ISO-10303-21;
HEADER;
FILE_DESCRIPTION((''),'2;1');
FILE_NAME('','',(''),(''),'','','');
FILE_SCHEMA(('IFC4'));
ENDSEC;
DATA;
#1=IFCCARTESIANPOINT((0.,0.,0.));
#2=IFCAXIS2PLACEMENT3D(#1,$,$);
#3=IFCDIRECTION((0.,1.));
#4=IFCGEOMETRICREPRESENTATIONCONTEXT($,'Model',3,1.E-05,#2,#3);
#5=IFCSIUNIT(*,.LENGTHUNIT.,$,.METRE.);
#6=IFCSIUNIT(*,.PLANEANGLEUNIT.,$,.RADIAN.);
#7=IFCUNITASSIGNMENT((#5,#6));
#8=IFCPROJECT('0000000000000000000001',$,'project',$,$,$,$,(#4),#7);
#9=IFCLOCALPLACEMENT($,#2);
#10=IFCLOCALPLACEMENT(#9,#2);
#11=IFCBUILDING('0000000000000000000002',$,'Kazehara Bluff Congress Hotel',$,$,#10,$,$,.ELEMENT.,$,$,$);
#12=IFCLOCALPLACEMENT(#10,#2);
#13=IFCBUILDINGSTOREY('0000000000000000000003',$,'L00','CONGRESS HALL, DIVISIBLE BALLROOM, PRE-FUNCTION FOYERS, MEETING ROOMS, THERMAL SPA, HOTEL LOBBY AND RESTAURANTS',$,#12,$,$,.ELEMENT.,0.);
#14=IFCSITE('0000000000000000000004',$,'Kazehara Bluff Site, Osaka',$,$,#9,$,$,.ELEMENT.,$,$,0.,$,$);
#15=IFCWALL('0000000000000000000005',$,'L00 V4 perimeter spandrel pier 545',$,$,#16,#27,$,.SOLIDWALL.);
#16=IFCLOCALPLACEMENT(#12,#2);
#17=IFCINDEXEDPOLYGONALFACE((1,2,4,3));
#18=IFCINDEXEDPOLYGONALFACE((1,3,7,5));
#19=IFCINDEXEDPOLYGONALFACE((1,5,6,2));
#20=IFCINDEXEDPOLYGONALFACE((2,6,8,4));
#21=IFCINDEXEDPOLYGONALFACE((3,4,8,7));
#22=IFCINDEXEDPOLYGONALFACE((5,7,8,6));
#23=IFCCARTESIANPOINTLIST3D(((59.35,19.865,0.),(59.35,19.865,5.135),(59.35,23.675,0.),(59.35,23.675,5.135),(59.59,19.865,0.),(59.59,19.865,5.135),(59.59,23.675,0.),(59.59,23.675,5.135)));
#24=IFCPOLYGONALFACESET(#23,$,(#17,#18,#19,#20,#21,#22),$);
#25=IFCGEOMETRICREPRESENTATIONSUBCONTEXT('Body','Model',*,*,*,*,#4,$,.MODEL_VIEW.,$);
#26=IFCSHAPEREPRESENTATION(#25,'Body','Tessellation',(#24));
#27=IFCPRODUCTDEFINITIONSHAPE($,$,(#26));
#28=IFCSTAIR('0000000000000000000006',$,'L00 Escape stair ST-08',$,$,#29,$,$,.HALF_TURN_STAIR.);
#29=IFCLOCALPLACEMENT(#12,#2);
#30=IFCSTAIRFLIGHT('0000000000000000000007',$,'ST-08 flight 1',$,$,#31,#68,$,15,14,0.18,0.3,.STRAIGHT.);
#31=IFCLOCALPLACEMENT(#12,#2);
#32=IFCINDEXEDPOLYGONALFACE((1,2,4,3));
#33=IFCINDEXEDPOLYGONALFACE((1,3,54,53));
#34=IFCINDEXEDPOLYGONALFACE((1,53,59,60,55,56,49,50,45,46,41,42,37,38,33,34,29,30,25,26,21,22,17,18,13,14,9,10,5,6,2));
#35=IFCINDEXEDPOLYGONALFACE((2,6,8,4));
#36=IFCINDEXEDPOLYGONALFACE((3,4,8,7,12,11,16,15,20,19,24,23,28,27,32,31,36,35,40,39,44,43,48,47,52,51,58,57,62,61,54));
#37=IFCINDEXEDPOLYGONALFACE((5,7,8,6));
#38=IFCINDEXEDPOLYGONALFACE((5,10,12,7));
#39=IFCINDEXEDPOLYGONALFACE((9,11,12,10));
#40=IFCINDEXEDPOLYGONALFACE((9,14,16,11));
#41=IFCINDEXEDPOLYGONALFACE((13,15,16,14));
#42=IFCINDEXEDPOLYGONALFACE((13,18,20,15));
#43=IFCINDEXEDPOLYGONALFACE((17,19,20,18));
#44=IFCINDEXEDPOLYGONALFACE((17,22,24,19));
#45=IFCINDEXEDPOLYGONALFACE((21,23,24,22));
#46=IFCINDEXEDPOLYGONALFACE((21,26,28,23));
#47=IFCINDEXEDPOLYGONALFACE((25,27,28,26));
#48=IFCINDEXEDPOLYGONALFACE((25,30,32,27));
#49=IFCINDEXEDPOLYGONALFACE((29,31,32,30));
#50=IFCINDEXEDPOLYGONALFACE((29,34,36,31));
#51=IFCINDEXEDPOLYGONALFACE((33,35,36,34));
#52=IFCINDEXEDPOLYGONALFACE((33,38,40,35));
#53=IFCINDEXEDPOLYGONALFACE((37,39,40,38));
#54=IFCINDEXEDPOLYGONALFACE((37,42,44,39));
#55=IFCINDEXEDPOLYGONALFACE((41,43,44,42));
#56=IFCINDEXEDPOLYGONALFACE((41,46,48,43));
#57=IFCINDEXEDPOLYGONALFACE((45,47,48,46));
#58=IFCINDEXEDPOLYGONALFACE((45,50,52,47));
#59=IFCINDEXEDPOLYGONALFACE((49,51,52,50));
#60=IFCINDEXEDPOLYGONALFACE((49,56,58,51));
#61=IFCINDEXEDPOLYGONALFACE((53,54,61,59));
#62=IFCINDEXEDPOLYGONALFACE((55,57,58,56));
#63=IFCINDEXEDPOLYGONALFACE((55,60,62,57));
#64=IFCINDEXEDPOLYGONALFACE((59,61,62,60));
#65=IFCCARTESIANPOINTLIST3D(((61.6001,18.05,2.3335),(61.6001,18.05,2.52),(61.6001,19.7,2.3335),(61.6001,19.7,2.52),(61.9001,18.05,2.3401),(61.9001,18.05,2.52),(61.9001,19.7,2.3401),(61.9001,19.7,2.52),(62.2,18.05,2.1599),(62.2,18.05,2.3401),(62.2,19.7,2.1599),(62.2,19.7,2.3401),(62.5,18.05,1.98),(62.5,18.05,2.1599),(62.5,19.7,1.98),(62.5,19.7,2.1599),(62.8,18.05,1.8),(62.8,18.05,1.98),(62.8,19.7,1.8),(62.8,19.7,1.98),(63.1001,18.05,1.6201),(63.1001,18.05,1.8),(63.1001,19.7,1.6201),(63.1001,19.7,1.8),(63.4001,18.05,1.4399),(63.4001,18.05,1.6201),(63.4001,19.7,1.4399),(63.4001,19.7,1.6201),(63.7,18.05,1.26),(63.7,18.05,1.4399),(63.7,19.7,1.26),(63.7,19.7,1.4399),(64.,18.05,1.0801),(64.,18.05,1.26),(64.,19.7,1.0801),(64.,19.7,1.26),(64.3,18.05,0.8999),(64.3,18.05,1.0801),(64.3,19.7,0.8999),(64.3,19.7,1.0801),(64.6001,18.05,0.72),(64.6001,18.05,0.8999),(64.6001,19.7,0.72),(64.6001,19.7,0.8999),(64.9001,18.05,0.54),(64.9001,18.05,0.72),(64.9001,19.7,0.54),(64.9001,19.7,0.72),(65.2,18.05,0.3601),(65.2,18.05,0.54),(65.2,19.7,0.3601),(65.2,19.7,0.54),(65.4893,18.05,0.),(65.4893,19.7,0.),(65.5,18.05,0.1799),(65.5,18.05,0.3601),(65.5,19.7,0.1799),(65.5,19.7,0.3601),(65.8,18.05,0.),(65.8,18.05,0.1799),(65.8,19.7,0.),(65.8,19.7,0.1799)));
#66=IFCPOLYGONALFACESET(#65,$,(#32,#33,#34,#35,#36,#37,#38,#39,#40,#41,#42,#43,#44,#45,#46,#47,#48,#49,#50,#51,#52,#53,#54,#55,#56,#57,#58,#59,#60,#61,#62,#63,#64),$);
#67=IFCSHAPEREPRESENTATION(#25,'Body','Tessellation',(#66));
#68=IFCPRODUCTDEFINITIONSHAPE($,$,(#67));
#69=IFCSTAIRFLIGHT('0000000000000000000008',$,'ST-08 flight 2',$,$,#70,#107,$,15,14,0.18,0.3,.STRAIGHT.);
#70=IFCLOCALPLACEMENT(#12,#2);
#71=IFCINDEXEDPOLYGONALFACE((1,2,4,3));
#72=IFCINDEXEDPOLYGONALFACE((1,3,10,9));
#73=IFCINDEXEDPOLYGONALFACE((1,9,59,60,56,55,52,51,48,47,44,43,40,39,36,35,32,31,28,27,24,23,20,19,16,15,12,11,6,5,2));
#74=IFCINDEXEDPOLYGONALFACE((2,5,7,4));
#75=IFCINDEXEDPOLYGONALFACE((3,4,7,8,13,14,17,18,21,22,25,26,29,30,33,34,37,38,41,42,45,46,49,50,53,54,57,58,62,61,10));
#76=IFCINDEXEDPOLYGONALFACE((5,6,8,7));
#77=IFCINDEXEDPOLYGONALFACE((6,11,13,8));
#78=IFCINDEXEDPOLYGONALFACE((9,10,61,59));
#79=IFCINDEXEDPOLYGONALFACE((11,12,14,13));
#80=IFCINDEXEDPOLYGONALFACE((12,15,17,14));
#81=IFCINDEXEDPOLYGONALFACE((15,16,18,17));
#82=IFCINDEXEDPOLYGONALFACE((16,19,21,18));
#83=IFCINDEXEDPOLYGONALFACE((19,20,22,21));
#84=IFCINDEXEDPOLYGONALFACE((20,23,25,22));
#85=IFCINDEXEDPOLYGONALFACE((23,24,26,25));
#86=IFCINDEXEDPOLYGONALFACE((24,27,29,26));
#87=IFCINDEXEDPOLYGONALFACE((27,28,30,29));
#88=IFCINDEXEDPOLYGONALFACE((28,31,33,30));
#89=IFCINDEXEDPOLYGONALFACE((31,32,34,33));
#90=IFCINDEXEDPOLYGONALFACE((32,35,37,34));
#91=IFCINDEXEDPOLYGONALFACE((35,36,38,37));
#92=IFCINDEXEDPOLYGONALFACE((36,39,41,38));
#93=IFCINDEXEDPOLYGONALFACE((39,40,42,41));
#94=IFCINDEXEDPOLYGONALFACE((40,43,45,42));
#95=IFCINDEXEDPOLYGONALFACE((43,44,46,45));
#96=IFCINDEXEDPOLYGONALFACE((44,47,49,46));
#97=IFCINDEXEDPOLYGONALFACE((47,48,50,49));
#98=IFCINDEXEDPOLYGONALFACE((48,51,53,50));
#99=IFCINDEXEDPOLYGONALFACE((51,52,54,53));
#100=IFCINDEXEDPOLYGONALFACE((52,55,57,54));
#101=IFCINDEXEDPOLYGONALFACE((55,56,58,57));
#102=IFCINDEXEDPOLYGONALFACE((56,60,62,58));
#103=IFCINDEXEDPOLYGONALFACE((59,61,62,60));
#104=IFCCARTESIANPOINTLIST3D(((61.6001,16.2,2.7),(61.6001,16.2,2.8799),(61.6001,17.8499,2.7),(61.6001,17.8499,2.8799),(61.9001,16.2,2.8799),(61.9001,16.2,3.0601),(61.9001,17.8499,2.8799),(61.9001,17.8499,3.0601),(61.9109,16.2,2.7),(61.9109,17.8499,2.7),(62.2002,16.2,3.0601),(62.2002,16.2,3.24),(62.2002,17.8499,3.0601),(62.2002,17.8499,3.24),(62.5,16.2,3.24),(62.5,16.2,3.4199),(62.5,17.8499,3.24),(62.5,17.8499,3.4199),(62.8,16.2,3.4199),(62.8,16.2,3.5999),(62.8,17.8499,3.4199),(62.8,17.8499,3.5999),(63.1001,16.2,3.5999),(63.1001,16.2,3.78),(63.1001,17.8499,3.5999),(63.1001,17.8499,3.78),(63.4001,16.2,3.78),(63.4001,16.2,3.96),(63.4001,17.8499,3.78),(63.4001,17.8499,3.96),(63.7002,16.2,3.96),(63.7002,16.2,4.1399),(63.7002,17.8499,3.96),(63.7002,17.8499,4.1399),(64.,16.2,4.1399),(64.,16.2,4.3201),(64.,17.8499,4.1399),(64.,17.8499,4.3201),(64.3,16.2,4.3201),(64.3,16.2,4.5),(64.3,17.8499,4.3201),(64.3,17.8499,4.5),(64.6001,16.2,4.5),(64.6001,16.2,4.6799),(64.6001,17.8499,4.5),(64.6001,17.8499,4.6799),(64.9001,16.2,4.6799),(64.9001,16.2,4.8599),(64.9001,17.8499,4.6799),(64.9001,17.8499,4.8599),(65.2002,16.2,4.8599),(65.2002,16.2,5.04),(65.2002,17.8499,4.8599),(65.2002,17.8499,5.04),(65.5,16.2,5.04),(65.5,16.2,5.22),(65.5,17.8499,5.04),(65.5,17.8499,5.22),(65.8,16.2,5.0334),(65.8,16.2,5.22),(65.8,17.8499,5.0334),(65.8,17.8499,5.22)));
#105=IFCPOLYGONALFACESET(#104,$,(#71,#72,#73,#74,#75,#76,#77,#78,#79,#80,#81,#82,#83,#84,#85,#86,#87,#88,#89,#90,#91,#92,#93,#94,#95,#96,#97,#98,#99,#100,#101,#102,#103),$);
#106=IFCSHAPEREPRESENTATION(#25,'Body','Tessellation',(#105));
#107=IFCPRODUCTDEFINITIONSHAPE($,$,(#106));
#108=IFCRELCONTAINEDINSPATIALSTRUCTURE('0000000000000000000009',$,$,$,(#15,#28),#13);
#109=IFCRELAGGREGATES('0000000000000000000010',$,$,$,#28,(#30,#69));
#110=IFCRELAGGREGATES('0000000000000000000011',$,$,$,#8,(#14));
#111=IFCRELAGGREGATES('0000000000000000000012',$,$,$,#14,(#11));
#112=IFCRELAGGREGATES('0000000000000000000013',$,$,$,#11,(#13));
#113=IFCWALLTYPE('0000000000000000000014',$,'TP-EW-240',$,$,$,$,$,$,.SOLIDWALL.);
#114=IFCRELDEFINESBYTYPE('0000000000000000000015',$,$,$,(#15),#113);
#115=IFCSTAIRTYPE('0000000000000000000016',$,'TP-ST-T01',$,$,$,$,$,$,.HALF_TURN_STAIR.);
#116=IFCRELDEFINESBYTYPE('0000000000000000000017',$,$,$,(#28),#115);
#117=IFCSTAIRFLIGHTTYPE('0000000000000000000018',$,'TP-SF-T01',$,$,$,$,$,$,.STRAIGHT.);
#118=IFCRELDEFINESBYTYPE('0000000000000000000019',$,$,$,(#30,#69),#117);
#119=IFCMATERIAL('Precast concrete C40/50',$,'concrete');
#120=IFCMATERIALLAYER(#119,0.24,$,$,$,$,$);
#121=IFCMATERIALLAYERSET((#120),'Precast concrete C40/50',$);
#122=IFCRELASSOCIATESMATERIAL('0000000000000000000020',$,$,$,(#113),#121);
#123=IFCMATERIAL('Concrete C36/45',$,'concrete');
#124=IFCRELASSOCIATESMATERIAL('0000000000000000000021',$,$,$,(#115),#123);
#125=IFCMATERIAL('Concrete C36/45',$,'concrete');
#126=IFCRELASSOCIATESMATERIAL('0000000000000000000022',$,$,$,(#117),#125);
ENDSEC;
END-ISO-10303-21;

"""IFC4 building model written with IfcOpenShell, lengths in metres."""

from ifc_helpers import new_model, si_unit, direction, frame, frame_2d, origin, place, context, subcontext, project, spatial, polyline, rectangle, outline, extrude, material, layer, layer_set, type_object, element, aggregate, save


model = new_model("IFC4")

# Units and contexts
model_context = context("Model", 3, precision=1e-05, world=origin(), true_north=direction((0.0, 1.0)))
body_context = subcontext(model_context, "Body", "Model", "MODEL_VIEW")
ifc_project = project(units=[si_unit("LENGTHUNIT", "METRE"), si_unit("PLANEANGLEUNIT", "RADIAN")], contexts=[model_context])

# Site, building, storey
site_placement = place(None, origin())
site = spatial("IfcSite", under=ifc_project, at=site_placement, Name="Kazehara Bluff Site, Osaka", CompositionType="ELEMENT", RefElevation=0.0)
building_placement = place(site_placement, origin())
building = spatial("IfcBuilding", under=site, at=building_placement, Name="Kazehara Bluff Congress Hotel", CompositionType="ELEMENT")
storey_placement = place(building_placement, origin())
storey = spatial("IfcBuildingStorey", under=building, at=storey_placement, Name="L00", Description="CONGRESS HALL, DIVISIBLE BALLROOM, PRE-FUNCTION FOYERS, MEETING ROOMS, THERMAL SPA, HOTEL LOBBY AND RESTAURANTS", CompositionType="ELEMENT", Elevation=0.0)

# Wall
ifc_material_1 = material(Name="Precast concrete C40/50", Category="concrete")
ifc_layer_1 = layer(ifc_material_1, 0.24)
ifc_layer_set_1 = layer_set([ifc_layer_1], Name="Precast concrete C40/50")
wall_type_1 = type_object("IfcWallType", Name="TP-EW-240", PredefinedType="SOLIDWALL", material=ifc_layer_set_1)
wall_1_placement = place(storey_placement, frame((59.47, 19.865, 0.0), z_axis=(0.0, 0.0, 1.0), x_axis=(0.0, 1.0, 0.0)))
element("IfcWall", 1, at=wall_1_placement, inside=storey, type_object=wall_type_1, Name="L00 V4 perimeter spandrel pier 545", PredefinedType="SOLIDWALL", context=body_context, shape_type="SweptSolid", body=[
    extrude(rectangle(XDim=3.8101, YDim=0.24, at=frame_2d((1.905, 0.0))), origin(), (0.0, 0.0, 1.0), 5.135),
])

# Stair, stair flights
ifc_material_2 = material(Name="Concrete C36/45", Category="concrete")
stair_type = type_object("IfcStairType", Name="TP-ST-T01", PredefinedType="HALF_TURN_STAIR", material=ifc_material_2)
stair_placement = place(storey_placement, origin())
stair = element("IfcStair", 2, at=stair_placement, inside=storey, type_object=stair_type, Name="L00 Escape stair ST-08", PredefinedType="HALF_TURN_STAIR")
ifc_material_3 = material(Name="Concrete C36/45", Category="concrete")
stair_flight_type = type_object("IfcStairFlightType", Name="TP-SF-T01", PredefinedType="STRAIGHT", material=ifc_material_3)
stair_flight_1_placement = place(storey_placement, frame((65.8, 18.875, 0.0), z_axis=(0.0, 0.0, 1.0), x_axis=(-1.0, 0.0, 0.0)))
stair_flight_1 = element("IfcStairFlight", 3, at=stair_flight_1_placement, type_object=stair_flight_type, Name="ST-08 flight 1", NumberOfRisers=15, NumberOfTreads=14, PredefinedType="STRAIGHT", RiserHeight=0.18, TreadLength=0.3, context=body_context, shape_type="SweptSolid", body=[
    extrude(outline(polyline([(0.0, 0.0), (0.0, 0.1799), (0.3, 0.1799), (0.3, 0.3601), (0.6001, 0.3601), (0.6001, 0.54), (0.8999, 0.54), (0.8999, 0.72), (1.2, 0.72), (1.2, 0.8999), (1.5, 0.8999), (1.5, 1.0801), (1.8, 1.0801), (1.8, 1.26), (2.1001, 1.26), (2.1001, 1.4399), (2.3999, 1.4399), (2.3999, 1.6201), (2.7, 1.6201), (2.7, 1.8), (3.0, 1.8), (3.0, 1.98), (3.3, 1.98), (3.3, 2.1599), (3.6001, 2.1599), (3.6001, 2.3401), (3.8999, 2.3401), (3.8999, 2.52), (4.2, 2.52), (4.2, 2.7), (4.2, 2.3335), (0.3108, 0.0), (0.0, 0.0)])), frame((0.0, 0.825, 0.0), z_axis=(0.0, -1.0, 0.0), x_axis=(1.0, 0.0, 0.0)), (0.0, 0.0, 1.0), 1.6499),
])
stair_flight_2_placement = place(storey_placement, frame((61.6001, 17.0249, 2.7), z_axis=(0.0, 0.0, 1.0), x_axis=(1.0, 0.0, 0.0)))
stair_flight_2 = element("IfcStairFlight", 4, at=stair_flight_2_placement, type_object=stair_flight_type, Name="ST-08 flight 2", NumberOfRisers=15, NumberOfTreads=14, PredefinedType="STRAIGHT", RiserHeight=0.18, TreadLength=0.3, context=body_context, shape_type="SweptSolid", body=[
    extrude(outline(polyline([(0.0, 0.0), (0.0, 0.1799), (0.3, 0.1799), (0.3, 0.3601), (0.6001, 0.3601), (0.6001, 0.54), (0.8999, 0.54), (0.8999, 0.72), (1.2, 0.72), (1.2, 0.8999), (1.5, 0.8999), (1.5, 1.0801), (1.8, 1.0801), (1.8, 1.26), (2.1001, 1.26), (2.1001, 1.4399), (2.3999, 1.4399), (2.3999, 1.6201), (2.7, 1.6201), (2.7, 1.8), (3.0, 1.8), (3.0, 1.98), (3.3, 1.98), (3.3, 2.1599), (3.6001, 2.1599), (3.6001, 2.3401), (3.8999, 2.3401), (3.8999, 2.52), (4.2, 2.52), (4.2, 2.7), (4.2, 2.3335), (0.3108, 0.0), (0.0, 0.0)])), frame((0.0, 0.825, 0.0), z_axis=(0.0, -1.0, 0.0), x_axis=(1.0, 0.0, 0.0)), (0.0, 0.0, 1.0), 1.6499),
])
aggregate(stair, [stair_flight_1, stair_flight_2])

save(model, "model.ifc")
